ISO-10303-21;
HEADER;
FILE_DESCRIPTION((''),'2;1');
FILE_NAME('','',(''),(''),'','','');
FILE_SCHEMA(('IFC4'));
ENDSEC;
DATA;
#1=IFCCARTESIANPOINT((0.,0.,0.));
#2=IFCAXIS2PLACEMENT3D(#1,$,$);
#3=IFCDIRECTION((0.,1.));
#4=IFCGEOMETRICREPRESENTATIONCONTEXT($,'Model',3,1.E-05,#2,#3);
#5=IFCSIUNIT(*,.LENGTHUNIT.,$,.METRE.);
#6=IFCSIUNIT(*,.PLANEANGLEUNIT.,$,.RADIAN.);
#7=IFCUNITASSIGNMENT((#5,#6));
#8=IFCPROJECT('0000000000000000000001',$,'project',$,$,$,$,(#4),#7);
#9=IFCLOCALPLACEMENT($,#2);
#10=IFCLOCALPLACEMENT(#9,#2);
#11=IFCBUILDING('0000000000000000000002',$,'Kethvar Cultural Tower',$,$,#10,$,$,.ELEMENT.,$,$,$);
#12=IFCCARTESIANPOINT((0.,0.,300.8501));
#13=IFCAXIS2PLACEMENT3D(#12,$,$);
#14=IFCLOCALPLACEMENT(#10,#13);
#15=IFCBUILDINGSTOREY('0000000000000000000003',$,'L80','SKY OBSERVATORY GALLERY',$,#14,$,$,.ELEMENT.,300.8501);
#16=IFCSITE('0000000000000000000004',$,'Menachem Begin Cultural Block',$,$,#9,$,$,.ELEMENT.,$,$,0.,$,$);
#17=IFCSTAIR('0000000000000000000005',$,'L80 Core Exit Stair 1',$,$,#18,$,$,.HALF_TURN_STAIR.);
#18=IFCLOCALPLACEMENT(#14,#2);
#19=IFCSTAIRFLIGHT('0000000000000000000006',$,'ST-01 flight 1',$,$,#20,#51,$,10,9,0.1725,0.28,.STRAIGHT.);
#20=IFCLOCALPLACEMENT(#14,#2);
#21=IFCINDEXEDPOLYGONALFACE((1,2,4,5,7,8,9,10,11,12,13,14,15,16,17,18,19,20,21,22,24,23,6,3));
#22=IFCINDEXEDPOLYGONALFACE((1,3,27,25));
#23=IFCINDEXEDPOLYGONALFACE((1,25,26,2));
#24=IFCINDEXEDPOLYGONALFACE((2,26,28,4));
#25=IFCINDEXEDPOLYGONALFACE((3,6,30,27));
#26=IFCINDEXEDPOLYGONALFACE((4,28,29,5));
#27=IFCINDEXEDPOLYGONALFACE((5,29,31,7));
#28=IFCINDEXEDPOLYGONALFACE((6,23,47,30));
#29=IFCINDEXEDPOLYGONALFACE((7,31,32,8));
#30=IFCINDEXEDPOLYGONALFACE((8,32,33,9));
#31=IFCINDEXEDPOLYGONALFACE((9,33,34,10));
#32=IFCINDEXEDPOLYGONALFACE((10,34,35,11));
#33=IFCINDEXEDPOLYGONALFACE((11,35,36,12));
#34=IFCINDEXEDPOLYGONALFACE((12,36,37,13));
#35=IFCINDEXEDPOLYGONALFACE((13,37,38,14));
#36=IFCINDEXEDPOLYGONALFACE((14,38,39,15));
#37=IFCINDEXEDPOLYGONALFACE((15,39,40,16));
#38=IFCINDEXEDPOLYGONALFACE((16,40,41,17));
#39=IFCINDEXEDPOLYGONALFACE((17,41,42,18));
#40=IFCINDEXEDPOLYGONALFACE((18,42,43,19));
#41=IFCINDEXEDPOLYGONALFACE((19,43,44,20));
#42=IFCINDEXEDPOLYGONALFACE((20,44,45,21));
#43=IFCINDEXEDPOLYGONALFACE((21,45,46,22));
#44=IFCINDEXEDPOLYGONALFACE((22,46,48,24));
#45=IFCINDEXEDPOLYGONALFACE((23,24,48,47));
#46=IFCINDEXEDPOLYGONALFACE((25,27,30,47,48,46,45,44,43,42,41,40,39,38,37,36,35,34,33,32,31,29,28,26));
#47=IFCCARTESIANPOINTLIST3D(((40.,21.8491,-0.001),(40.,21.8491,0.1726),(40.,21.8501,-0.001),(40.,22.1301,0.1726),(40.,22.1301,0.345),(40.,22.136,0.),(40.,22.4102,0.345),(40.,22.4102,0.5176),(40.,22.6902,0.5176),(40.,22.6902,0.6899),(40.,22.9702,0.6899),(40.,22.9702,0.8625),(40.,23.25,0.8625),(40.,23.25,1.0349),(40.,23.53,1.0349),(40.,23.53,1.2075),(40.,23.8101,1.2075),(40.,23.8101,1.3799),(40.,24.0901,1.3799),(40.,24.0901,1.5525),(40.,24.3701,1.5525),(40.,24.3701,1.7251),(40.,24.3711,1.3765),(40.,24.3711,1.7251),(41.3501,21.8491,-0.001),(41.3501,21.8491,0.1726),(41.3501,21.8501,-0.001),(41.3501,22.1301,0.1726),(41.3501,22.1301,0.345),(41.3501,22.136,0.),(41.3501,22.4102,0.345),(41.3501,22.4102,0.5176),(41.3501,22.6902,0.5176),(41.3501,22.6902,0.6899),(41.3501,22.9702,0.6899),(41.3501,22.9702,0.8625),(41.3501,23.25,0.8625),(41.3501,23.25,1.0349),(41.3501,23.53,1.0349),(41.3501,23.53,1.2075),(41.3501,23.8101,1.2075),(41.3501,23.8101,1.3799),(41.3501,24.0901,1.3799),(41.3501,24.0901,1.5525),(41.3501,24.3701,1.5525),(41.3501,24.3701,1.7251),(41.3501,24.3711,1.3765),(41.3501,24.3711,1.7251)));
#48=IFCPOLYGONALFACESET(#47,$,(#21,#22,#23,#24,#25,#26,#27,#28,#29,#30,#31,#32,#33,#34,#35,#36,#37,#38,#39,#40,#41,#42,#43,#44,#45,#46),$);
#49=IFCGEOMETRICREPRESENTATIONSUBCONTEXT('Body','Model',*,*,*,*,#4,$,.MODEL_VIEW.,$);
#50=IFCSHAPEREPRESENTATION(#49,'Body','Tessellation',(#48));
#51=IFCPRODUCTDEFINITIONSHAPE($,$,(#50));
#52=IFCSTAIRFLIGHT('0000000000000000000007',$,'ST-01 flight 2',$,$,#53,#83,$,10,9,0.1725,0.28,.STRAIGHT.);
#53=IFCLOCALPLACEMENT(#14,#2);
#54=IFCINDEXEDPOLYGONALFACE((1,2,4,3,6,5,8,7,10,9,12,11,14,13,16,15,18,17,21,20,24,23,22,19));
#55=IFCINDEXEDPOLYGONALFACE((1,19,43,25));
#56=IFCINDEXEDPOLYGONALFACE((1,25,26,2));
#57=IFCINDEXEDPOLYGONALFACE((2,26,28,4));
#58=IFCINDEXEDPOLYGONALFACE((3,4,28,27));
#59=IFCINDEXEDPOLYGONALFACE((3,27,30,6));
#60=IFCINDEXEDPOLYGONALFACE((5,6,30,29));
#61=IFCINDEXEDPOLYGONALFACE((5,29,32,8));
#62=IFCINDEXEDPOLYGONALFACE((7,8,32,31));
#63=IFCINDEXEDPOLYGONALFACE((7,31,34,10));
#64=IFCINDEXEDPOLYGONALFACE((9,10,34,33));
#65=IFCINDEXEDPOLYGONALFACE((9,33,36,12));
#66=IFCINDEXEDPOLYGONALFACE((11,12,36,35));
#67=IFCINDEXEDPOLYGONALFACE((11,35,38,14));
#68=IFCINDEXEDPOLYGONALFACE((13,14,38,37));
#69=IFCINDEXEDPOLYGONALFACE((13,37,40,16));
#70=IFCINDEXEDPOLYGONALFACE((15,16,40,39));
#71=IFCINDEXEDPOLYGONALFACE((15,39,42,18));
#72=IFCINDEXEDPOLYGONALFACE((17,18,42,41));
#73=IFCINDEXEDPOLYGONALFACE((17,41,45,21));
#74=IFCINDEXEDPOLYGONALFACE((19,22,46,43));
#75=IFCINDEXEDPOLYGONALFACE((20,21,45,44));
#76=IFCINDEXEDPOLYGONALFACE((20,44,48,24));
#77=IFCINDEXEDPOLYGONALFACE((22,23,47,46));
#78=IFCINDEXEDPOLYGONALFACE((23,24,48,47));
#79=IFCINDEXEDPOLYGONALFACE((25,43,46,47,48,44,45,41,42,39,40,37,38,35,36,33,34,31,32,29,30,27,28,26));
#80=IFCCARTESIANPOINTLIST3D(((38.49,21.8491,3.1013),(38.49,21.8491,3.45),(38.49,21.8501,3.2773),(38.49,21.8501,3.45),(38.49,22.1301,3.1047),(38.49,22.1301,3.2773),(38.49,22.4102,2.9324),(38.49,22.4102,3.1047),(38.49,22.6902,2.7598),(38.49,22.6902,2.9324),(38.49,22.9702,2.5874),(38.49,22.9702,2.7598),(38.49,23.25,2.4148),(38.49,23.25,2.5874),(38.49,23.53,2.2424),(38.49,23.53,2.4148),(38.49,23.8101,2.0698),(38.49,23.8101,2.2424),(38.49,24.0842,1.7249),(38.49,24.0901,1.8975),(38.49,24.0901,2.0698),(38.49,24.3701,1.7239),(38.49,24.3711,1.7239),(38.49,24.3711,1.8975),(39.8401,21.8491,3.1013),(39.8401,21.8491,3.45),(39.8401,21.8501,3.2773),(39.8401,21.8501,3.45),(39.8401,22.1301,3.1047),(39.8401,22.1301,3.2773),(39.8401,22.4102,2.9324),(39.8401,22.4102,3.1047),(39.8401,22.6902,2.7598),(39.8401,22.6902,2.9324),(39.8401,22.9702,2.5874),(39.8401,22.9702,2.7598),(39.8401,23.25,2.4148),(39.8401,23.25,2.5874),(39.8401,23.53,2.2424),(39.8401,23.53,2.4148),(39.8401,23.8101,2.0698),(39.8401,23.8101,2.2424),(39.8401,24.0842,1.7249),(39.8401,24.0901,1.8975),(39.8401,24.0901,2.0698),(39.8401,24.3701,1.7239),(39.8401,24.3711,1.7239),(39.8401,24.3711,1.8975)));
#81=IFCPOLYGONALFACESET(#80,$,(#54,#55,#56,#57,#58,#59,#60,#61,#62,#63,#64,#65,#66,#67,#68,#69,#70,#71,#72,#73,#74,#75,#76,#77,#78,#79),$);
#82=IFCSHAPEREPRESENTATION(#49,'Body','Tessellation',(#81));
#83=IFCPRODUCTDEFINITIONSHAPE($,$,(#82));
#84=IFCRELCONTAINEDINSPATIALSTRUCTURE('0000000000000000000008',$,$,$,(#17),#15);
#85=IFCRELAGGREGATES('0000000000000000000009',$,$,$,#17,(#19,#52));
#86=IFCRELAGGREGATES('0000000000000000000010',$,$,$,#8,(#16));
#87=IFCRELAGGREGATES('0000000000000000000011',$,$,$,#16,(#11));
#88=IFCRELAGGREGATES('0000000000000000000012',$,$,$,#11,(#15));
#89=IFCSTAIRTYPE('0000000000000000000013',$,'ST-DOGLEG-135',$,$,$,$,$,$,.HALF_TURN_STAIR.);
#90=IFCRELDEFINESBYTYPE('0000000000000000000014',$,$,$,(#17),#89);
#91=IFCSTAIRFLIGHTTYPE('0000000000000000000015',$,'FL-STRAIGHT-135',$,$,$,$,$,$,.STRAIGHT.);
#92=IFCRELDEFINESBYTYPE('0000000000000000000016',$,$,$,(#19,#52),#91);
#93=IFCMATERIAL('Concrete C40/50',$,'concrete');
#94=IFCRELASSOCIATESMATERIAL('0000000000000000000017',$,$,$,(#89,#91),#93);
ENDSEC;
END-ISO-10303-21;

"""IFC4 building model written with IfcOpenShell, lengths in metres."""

from ifc_helpers import new_model, si_unit, direction, frame, origin, place, context, subcontext, project, spatial, polyline, outline, extrude, material, type_object, element, aggregate, save


model = new_model("IFC4")

# Units and contexts
model_context = context("Model", 3, precision=1e-05, world=origin(), true_north=direction((0.0, 1.0)))
body_context = subcontext(model_context, "Body", "Model", "MODEL_VIEW")
ifc_project = project(units=[si_unit("LENGTHUNIT", "METRE"), si_unit("PLANEANGLEUNIT", "RADIAN")], contexts=[model_context])

# Site, building, storey
site_placement = place(None, origin())
site = spatial("IfcSite", under=ifc_project, at=site_placement, Name="Menachem Begin Cultural Block", CompositionType="ELEMENT", RefElevation=0.0)
building_placement = place(site_placement, origin())
building = spatial("IfcBuilding", under=site, at=building_placement, Name="Kethvar Cultural Tower", CompositionType="ELEMENT")
storey_placement = place(building_placement, frame((0.0, 0.0, 300.8501)))
storey = spatial("IfcBuildingStorey", under=building, at=storey_placement, Name="L80", Description="SKY OBSERVATORY GALLERY", CompositionType="ELEMENT", Elevation=300.8501)

# Stair, stair flights
ifc_material_1 = material(Name="Concrete C40/50", Category="concrete")
stair_type = type_object("IfcStairType", Name="ST-DOGLEG-135", PredefinedType="HALF_TURN_STAIR", material=ifc_material_1)
stair_placement = place(storey_placement, origin())
stair = element("IfcStair", 1, at=stair_placement, inside=storey, type_object=stair_type, Name="L80 Core Exit Stair 1", PredefinedType="HALF_TURN_STAIR")
stair_flight_type = type_object("IfcStairFlightType", Name="FL-STRAIGHT-135", PredefinedType="STRAIGHT", material=ifc_material_1)
stair_flight_1_placement = place(storey_placement, frame((40.675, 21.8501, 0.0), z_axis=(0.0, 0.0, 1.0), x_axis=(0.0, 1.0, 0.0)))
stair_flight_1 = element("IfcStairFlight", 2, at=stair_flight_1_placement, type_object=stair_flight_type, Name="ST-01 flight 1", NumberOfRisers=10, NumberOfTreads=9, PredefinedType="STRAIGHT", RiserHeight=0.1725, TreadLength=0.28, context=body_context, shape_type="SweptSolid", body=[
    extrude(outline(polyline([(-0.001, -0.001), (-0.001, 0.1726), (0.28, 0.1726), (0.28, 0.345), (0.5601, 0.345), (0.5601, 0.5176), (0.8401, 0.5176), (0.8401, 0.6899), (1.1201, 0.6899), (1.1201, 0.8625), (1.3999, 0.8625), (1.3999, 1.0349), (1.6799, 1.0349), (1.6799, 1.2075), (1.96, 1.2075), (1.96, 1.3799), (2.24, 1.3799), (2.24, 1.5525), (2.52, 1.5525), (2.52, 1.7251), (2.521, 1.7251), (2.521, 1.3765), (0.2859, 0.0), (0.0, -0.001), (-0.001, -0.001)])), frame((0.0, 0.675, 0.0), z_axis=(0.0, -1.0, 0.0), x_axis=(1.0, 0.0, 0.0)), (0.0, 0.0, 1.0), 1.3501),
])
stair_flight_2_placement = place(storey_placement, frame((39.165, 24.3701, 1.7249), z_axis=(0.0, 0.0, 1.0), x_axis=(0.0, -1.0, 0.0)))
stair_flight_2 = element("IfcStairFlight", 3, at=stair_flight_2_placement, type_object=stair_flight_type, Name="ST-01 flight 2", NumberOfRisers=10, NumberOfTreads=9, PredefinedType="STRAIGHT", RiserHeight=0.1725, TreadLength=0.28, context=body_context, shape_type="SweptSolid", body=[
    extrude(outline(polyline([(-0.001, -0.001), (-0.001, 0.1726), (0.28, 0.1726), (0.28, 0.345), (0.5601, 0.345), (0.5601, 0.5176), (0.8401, 0.5176), (0.8401, 0.6899), (1.1201, 0.6899), (1.1201, 0.8625), (1.3999, 0.8625), (1.3999, 1.0349), (1.6799, 1.0349), (1.6799, 1.2075), (1.96, 1.2075), (1.96, 1.3799), (2.24, 1.3799), (2.24, 1.5525), (2.52, 1.5525), (2.52, 1.7251), (2.521, 1.7251), (2.521, 1.3765), (0.2859, 0.0), (0.0, -0.001), (-0.001, -0.001)])), frame((0.0, 0.675, 0.0), z_axis=(0.0, -1.0, 0.0), x_axis=(1.0, 0.0, 0.0)), (0.0, 0.0, 1.0), 1.3501),
])
aggregate(stair, [stair_flight_1, stair_flight_2])

save(model, "model.ifc")
